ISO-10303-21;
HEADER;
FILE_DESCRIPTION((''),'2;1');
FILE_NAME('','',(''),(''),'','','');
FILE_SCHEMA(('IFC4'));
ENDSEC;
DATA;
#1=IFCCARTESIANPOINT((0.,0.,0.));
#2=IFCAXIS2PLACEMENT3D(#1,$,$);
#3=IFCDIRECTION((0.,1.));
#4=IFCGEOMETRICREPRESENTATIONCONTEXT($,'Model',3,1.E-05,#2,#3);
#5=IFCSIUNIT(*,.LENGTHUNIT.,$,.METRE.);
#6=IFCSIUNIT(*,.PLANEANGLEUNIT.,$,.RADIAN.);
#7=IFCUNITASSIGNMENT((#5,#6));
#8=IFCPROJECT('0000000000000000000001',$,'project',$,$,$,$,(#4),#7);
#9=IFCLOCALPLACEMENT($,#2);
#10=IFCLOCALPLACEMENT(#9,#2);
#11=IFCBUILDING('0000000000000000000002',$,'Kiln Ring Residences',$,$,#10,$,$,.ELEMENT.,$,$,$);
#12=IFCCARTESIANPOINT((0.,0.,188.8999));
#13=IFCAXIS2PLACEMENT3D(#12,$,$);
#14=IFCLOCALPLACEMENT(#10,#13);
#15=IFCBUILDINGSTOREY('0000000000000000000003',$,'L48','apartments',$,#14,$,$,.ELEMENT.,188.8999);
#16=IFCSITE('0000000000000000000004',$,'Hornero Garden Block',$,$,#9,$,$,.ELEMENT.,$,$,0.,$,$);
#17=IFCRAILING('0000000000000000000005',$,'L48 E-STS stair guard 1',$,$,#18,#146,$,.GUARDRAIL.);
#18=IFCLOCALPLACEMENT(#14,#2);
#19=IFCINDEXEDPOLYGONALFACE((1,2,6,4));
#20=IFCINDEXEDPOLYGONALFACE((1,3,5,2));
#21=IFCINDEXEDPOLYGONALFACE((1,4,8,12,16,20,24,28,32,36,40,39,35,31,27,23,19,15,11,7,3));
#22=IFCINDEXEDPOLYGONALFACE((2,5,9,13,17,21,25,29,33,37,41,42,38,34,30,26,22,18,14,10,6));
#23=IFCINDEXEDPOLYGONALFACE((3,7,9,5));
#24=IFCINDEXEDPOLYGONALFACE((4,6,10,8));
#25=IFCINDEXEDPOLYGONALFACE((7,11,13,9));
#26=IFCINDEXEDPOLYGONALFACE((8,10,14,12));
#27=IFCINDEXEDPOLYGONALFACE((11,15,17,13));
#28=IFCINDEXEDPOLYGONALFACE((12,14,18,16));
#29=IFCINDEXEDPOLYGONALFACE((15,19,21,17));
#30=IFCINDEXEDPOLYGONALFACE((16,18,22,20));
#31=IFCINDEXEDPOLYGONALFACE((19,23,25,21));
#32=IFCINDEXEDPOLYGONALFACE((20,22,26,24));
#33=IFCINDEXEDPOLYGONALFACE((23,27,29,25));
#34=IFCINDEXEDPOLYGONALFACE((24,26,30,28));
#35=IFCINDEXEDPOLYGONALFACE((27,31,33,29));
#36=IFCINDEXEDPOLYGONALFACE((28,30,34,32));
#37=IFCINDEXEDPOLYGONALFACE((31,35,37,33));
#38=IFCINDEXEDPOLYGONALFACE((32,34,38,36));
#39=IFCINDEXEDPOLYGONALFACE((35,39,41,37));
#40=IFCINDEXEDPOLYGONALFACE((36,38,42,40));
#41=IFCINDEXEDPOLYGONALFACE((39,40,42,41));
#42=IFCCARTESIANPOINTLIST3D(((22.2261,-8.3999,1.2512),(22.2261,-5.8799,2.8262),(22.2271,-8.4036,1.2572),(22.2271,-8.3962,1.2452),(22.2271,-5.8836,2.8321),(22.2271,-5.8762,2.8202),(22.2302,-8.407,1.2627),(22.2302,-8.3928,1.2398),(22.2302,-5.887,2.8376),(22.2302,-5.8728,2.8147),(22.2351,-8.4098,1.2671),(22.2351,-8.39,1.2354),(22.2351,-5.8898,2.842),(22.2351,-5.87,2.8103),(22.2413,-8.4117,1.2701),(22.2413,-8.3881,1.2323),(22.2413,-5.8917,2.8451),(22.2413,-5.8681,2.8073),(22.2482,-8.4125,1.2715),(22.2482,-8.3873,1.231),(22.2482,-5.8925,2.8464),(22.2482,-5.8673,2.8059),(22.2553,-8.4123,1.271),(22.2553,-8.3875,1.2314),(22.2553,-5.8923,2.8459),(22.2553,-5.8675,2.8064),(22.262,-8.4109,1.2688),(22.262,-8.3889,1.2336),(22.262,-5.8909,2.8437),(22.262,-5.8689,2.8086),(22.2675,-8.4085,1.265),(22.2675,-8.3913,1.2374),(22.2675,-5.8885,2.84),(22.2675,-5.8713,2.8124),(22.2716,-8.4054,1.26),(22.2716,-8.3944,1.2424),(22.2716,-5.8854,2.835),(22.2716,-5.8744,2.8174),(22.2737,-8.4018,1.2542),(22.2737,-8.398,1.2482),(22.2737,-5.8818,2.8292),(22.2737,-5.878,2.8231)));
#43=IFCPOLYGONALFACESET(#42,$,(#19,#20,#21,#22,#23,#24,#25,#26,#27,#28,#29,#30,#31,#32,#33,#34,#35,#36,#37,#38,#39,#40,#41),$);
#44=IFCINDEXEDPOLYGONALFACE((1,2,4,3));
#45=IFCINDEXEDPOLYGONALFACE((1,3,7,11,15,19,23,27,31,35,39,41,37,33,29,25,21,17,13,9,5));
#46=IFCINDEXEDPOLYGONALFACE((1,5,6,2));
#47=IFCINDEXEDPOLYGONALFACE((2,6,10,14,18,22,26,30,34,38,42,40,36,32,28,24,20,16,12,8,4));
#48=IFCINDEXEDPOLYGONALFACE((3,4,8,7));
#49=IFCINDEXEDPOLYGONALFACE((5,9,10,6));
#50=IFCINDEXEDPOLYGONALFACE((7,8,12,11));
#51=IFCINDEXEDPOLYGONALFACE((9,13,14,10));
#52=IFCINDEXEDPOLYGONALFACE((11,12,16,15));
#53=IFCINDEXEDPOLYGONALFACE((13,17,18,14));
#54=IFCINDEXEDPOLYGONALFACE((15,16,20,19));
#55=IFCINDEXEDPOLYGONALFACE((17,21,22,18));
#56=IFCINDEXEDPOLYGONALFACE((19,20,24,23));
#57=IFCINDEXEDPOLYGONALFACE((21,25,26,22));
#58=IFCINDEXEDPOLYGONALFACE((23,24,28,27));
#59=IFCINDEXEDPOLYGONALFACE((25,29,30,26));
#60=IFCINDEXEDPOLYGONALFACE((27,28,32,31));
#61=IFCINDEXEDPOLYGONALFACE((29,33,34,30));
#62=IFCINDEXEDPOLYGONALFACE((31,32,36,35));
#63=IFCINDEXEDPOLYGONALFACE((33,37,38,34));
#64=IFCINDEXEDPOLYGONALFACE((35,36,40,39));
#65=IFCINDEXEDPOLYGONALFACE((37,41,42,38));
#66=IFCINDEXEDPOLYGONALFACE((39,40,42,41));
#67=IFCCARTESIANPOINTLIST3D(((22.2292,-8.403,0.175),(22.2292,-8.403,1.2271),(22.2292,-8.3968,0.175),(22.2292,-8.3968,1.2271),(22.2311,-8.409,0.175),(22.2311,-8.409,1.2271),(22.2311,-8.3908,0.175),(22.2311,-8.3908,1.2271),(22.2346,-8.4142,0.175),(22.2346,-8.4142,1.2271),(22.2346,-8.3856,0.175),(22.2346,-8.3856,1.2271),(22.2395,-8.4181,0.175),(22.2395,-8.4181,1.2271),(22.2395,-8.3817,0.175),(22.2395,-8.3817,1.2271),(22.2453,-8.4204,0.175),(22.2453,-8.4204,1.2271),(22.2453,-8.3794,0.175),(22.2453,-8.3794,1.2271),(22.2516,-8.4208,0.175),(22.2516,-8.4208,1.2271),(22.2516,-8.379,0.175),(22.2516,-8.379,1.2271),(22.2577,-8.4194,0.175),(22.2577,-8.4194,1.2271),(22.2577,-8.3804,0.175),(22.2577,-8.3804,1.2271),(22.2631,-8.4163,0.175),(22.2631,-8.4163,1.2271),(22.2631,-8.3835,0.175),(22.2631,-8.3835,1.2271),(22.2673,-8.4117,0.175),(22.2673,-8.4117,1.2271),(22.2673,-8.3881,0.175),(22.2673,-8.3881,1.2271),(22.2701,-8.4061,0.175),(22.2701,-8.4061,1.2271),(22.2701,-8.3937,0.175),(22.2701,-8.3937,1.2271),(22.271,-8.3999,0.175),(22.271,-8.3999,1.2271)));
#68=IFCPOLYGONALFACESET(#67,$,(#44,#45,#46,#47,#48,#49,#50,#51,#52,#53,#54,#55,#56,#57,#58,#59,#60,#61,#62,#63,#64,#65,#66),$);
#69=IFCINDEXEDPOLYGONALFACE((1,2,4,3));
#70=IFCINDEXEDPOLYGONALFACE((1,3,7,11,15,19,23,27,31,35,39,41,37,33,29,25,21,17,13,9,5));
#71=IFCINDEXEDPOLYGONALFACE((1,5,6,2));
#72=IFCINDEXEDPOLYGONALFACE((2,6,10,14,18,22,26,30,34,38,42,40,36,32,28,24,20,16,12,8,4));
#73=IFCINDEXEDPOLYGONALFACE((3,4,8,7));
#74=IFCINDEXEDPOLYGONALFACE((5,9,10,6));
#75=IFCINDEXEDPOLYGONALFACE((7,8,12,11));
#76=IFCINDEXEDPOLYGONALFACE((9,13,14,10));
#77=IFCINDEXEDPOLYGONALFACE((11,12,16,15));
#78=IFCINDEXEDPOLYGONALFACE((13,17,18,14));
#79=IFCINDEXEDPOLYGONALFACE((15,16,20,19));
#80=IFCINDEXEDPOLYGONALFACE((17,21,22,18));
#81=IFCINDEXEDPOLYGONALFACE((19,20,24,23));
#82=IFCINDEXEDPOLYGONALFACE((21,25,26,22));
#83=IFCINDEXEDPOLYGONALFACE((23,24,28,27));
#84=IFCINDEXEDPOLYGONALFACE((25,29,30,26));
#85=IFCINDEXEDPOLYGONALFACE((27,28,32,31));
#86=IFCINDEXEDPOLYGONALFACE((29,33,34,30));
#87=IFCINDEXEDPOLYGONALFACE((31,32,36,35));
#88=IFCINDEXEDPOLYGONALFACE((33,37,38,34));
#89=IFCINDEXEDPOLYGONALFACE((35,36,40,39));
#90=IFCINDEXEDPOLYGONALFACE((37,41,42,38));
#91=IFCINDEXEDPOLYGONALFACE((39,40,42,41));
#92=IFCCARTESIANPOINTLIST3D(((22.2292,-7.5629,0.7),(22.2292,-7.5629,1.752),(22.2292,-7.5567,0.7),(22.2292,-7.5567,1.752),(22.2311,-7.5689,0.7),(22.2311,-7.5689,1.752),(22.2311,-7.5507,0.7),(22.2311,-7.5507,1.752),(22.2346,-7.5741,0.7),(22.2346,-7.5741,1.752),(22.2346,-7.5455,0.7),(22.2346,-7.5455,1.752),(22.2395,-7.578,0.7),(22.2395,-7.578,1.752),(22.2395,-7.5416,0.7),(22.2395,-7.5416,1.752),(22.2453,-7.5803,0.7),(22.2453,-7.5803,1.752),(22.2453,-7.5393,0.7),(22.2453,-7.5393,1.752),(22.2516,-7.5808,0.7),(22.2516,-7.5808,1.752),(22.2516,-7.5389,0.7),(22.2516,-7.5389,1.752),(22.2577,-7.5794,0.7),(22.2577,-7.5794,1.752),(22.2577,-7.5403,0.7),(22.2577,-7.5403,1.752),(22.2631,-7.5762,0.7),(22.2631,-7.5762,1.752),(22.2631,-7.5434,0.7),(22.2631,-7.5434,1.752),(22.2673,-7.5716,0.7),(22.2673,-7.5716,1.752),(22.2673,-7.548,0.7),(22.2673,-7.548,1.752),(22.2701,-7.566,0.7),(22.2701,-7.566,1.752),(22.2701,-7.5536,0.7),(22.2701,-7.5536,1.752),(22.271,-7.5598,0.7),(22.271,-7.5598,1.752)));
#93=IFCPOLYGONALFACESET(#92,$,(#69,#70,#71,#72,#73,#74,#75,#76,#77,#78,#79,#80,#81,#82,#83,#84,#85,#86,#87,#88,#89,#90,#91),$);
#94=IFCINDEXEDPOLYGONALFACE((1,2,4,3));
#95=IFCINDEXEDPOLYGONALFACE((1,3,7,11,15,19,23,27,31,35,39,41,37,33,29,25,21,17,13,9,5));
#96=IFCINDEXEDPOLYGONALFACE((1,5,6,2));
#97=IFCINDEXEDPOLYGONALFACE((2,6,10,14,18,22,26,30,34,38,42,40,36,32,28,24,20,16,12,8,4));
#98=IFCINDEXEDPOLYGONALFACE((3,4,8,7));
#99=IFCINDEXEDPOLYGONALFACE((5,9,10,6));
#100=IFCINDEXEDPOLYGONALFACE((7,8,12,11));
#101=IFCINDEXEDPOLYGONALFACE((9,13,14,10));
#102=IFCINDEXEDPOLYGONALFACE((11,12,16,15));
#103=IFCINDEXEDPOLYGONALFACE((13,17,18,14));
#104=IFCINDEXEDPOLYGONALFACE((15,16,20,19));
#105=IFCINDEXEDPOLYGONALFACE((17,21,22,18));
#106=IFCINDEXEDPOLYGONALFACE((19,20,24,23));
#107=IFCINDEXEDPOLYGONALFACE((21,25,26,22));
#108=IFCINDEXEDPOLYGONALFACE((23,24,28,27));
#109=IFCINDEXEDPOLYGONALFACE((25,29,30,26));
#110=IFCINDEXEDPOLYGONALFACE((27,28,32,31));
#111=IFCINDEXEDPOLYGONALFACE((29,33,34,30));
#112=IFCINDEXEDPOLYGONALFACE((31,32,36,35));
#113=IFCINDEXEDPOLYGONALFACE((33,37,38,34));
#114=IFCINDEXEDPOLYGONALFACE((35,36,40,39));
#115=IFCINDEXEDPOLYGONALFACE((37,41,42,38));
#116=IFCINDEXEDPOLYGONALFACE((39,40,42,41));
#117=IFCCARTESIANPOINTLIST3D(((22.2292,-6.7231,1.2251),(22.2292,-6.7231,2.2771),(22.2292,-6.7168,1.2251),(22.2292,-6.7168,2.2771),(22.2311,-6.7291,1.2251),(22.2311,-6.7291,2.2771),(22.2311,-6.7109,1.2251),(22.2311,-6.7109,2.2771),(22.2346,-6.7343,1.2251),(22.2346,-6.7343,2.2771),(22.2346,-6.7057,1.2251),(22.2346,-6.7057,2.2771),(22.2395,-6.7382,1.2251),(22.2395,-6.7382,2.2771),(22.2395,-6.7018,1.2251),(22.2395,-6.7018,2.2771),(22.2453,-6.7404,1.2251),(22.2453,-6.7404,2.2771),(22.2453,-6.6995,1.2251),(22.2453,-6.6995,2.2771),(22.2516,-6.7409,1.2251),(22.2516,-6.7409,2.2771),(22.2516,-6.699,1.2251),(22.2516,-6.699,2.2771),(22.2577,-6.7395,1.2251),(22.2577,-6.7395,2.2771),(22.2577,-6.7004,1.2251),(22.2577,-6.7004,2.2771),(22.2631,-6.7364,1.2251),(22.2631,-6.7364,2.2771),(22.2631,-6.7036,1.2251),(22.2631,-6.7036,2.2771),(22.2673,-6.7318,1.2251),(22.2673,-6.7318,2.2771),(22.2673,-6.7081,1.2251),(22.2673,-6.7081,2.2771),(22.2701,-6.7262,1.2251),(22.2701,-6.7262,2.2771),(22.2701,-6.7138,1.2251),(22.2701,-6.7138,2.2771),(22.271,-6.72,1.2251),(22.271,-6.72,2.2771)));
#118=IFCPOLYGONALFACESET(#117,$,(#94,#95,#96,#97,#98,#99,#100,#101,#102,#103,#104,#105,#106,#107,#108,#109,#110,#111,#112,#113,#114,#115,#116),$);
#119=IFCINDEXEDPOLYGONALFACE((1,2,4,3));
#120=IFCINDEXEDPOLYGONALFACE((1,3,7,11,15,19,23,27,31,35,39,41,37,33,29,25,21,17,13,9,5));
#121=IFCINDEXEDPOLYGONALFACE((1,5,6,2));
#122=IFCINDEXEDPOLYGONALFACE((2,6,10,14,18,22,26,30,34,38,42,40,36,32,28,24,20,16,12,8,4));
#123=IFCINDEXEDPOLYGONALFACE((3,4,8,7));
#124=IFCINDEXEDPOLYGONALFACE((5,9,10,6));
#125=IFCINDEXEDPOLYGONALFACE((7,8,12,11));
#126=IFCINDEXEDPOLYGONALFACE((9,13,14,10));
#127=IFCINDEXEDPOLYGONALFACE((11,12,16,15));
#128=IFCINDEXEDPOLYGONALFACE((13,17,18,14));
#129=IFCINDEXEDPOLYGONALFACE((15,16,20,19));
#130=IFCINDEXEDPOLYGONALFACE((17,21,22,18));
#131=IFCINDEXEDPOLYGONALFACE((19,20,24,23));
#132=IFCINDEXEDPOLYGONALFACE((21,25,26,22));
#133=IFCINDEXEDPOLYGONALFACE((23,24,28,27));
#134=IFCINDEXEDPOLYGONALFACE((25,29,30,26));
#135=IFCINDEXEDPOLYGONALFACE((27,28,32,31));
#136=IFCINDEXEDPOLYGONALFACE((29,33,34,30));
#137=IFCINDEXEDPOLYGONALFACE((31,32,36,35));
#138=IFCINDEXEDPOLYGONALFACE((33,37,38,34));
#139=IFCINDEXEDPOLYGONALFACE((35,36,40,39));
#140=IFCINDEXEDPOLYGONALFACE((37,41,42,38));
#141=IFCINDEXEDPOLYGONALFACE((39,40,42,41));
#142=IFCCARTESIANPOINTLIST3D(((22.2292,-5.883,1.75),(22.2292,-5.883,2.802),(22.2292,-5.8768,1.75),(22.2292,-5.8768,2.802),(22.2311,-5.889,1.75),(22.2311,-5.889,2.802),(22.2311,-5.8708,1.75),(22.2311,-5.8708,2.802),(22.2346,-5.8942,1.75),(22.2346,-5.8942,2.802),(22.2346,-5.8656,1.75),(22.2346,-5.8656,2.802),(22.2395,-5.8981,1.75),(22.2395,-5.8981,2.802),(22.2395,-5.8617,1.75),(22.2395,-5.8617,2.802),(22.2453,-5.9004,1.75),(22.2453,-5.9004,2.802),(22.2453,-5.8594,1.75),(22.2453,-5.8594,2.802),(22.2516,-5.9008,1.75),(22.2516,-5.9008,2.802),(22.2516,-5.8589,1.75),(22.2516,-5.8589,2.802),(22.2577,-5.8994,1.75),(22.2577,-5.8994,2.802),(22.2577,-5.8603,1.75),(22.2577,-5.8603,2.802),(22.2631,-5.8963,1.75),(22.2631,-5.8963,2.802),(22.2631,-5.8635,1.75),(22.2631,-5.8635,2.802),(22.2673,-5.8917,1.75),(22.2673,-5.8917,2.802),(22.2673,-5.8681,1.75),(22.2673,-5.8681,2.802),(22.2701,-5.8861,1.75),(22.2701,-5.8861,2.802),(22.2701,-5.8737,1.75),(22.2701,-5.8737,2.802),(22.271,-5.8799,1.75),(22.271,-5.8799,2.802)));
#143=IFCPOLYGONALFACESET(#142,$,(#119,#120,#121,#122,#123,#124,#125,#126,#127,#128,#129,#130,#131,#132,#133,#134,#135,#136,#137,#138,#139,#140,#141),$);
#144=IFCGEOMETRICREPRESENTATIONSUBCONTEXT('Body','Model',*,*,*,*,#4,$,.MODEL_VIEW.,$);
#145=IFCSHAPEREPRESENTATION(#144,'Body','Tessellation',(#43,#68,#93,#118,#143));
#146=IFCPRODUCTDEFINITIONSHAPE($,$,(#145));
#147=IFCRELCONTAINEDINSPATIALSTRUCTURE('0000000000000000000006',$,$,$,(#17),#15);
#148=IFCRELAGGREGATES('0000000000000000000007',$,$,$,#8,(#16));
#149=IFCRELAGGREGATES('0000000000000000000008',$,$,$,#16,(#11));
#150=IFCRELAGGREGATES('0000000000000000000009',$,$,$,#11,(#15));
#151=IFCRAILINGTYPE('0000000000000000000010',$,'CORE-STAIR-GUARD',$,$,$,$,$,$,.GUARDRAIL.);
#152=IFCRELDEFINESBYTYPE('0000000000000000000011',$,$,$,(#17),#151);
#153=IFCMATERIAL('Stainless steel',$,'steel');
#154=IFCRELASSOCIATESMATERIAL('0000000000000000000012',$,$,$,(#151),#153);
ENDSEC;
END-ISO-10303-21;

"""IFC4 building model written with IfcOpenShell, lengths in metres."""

from ifc_helpers import new_model, si_unit, direction, frame, origin, origin_2d, place, context, subcontext, project, spatial, circle, extrude, material, type_object, element, save


model = new_model("IFC4")

# Units and contexts
model_context = context("Model", 3, precision=1e-05, world=origin(), true_north=direction((0.0, 1.0)))
body_context = subcontext(model_context, "Body", "Model", "MODEL_VIEW")
ifc_project = project(units=[si_unit("LENGTHUNIT", "METRE"), si_unit("PLANEANGLEUNIT", "RADIAN")], contexts=[model_context])

# Site, building, storey
site_placement = place(None, origin())
site = spatial("IfcSite", under=ifc_project, at=site_placement, Name="Hornero Garden Block", CompositionType="ELEMENT", RefElevation=0.0)
building_placement = place(site_placement, origin())
building = spatial("IfcBuilding", under=site, at=building_placement, Name="Kiln Ring Residences", CompositionType="ELEMENT")
storey_placement = place(building_placement, frame((0.0, 0.0, 188.8999)))
storey = spatial("IfcBuildingStorey", under=building, at=storey_placement, Name="L48", Description="apartments", CompositionType="ELEMENT", Elevation=188.8999)

# Railing
ifc_material_1 = material(Name="Stainless steel", Category="steel")
railing_type_1 = type_object("IfcRailingType", Name="CORE-STAIR-GUARD", PredefinedType="GUARDRAIL", material=ifc_material_1)
railing_1_placement = place(storey_placement, frame((22.25, -8.3999, 0.175)))
element("IfcRailing", 1, at=railing_1_placement, inside=storey, type_object=railing_type_1, Name="L48 E-STS stair guard 1", PredefinedType="GUARDRAIL", context=body_context, shape_type="SweptSolid", body=[
    extrude(circle(Radius=0.0239, at=origin_2d()), frame((0.0, 0.0, 1.0762), z_axis=(0.0, 0.848008, 0.529984), x_axis=(-1.0, 0.0, 0.0)), (0.0, 0.0, 1.0), 2.9717),
    extrude(circle(Radius=0.021, at=origin_2d()), origin(), (0.0, 0.0, 1.0), 1.052),
    extrude(circle(Radius=0.021, at=origin_2d()), frame((0.0, 0.8401, 0.5249)), (0.0, 0.0, 1.0), 1.052),
    extrude(circle(Radius=0.021, at=origin_2d()), frame((0.0, 1.6799, 1.05)), (0.0, 0.0, 1.0), 1.052),
    extrude(circle(Radius=0.021, at=origin_2d()), frame((0.0, 2.52, 1.575)), (0.0, 0.0, 1.0), 1.052),
])

save(model, "model.ifc")
